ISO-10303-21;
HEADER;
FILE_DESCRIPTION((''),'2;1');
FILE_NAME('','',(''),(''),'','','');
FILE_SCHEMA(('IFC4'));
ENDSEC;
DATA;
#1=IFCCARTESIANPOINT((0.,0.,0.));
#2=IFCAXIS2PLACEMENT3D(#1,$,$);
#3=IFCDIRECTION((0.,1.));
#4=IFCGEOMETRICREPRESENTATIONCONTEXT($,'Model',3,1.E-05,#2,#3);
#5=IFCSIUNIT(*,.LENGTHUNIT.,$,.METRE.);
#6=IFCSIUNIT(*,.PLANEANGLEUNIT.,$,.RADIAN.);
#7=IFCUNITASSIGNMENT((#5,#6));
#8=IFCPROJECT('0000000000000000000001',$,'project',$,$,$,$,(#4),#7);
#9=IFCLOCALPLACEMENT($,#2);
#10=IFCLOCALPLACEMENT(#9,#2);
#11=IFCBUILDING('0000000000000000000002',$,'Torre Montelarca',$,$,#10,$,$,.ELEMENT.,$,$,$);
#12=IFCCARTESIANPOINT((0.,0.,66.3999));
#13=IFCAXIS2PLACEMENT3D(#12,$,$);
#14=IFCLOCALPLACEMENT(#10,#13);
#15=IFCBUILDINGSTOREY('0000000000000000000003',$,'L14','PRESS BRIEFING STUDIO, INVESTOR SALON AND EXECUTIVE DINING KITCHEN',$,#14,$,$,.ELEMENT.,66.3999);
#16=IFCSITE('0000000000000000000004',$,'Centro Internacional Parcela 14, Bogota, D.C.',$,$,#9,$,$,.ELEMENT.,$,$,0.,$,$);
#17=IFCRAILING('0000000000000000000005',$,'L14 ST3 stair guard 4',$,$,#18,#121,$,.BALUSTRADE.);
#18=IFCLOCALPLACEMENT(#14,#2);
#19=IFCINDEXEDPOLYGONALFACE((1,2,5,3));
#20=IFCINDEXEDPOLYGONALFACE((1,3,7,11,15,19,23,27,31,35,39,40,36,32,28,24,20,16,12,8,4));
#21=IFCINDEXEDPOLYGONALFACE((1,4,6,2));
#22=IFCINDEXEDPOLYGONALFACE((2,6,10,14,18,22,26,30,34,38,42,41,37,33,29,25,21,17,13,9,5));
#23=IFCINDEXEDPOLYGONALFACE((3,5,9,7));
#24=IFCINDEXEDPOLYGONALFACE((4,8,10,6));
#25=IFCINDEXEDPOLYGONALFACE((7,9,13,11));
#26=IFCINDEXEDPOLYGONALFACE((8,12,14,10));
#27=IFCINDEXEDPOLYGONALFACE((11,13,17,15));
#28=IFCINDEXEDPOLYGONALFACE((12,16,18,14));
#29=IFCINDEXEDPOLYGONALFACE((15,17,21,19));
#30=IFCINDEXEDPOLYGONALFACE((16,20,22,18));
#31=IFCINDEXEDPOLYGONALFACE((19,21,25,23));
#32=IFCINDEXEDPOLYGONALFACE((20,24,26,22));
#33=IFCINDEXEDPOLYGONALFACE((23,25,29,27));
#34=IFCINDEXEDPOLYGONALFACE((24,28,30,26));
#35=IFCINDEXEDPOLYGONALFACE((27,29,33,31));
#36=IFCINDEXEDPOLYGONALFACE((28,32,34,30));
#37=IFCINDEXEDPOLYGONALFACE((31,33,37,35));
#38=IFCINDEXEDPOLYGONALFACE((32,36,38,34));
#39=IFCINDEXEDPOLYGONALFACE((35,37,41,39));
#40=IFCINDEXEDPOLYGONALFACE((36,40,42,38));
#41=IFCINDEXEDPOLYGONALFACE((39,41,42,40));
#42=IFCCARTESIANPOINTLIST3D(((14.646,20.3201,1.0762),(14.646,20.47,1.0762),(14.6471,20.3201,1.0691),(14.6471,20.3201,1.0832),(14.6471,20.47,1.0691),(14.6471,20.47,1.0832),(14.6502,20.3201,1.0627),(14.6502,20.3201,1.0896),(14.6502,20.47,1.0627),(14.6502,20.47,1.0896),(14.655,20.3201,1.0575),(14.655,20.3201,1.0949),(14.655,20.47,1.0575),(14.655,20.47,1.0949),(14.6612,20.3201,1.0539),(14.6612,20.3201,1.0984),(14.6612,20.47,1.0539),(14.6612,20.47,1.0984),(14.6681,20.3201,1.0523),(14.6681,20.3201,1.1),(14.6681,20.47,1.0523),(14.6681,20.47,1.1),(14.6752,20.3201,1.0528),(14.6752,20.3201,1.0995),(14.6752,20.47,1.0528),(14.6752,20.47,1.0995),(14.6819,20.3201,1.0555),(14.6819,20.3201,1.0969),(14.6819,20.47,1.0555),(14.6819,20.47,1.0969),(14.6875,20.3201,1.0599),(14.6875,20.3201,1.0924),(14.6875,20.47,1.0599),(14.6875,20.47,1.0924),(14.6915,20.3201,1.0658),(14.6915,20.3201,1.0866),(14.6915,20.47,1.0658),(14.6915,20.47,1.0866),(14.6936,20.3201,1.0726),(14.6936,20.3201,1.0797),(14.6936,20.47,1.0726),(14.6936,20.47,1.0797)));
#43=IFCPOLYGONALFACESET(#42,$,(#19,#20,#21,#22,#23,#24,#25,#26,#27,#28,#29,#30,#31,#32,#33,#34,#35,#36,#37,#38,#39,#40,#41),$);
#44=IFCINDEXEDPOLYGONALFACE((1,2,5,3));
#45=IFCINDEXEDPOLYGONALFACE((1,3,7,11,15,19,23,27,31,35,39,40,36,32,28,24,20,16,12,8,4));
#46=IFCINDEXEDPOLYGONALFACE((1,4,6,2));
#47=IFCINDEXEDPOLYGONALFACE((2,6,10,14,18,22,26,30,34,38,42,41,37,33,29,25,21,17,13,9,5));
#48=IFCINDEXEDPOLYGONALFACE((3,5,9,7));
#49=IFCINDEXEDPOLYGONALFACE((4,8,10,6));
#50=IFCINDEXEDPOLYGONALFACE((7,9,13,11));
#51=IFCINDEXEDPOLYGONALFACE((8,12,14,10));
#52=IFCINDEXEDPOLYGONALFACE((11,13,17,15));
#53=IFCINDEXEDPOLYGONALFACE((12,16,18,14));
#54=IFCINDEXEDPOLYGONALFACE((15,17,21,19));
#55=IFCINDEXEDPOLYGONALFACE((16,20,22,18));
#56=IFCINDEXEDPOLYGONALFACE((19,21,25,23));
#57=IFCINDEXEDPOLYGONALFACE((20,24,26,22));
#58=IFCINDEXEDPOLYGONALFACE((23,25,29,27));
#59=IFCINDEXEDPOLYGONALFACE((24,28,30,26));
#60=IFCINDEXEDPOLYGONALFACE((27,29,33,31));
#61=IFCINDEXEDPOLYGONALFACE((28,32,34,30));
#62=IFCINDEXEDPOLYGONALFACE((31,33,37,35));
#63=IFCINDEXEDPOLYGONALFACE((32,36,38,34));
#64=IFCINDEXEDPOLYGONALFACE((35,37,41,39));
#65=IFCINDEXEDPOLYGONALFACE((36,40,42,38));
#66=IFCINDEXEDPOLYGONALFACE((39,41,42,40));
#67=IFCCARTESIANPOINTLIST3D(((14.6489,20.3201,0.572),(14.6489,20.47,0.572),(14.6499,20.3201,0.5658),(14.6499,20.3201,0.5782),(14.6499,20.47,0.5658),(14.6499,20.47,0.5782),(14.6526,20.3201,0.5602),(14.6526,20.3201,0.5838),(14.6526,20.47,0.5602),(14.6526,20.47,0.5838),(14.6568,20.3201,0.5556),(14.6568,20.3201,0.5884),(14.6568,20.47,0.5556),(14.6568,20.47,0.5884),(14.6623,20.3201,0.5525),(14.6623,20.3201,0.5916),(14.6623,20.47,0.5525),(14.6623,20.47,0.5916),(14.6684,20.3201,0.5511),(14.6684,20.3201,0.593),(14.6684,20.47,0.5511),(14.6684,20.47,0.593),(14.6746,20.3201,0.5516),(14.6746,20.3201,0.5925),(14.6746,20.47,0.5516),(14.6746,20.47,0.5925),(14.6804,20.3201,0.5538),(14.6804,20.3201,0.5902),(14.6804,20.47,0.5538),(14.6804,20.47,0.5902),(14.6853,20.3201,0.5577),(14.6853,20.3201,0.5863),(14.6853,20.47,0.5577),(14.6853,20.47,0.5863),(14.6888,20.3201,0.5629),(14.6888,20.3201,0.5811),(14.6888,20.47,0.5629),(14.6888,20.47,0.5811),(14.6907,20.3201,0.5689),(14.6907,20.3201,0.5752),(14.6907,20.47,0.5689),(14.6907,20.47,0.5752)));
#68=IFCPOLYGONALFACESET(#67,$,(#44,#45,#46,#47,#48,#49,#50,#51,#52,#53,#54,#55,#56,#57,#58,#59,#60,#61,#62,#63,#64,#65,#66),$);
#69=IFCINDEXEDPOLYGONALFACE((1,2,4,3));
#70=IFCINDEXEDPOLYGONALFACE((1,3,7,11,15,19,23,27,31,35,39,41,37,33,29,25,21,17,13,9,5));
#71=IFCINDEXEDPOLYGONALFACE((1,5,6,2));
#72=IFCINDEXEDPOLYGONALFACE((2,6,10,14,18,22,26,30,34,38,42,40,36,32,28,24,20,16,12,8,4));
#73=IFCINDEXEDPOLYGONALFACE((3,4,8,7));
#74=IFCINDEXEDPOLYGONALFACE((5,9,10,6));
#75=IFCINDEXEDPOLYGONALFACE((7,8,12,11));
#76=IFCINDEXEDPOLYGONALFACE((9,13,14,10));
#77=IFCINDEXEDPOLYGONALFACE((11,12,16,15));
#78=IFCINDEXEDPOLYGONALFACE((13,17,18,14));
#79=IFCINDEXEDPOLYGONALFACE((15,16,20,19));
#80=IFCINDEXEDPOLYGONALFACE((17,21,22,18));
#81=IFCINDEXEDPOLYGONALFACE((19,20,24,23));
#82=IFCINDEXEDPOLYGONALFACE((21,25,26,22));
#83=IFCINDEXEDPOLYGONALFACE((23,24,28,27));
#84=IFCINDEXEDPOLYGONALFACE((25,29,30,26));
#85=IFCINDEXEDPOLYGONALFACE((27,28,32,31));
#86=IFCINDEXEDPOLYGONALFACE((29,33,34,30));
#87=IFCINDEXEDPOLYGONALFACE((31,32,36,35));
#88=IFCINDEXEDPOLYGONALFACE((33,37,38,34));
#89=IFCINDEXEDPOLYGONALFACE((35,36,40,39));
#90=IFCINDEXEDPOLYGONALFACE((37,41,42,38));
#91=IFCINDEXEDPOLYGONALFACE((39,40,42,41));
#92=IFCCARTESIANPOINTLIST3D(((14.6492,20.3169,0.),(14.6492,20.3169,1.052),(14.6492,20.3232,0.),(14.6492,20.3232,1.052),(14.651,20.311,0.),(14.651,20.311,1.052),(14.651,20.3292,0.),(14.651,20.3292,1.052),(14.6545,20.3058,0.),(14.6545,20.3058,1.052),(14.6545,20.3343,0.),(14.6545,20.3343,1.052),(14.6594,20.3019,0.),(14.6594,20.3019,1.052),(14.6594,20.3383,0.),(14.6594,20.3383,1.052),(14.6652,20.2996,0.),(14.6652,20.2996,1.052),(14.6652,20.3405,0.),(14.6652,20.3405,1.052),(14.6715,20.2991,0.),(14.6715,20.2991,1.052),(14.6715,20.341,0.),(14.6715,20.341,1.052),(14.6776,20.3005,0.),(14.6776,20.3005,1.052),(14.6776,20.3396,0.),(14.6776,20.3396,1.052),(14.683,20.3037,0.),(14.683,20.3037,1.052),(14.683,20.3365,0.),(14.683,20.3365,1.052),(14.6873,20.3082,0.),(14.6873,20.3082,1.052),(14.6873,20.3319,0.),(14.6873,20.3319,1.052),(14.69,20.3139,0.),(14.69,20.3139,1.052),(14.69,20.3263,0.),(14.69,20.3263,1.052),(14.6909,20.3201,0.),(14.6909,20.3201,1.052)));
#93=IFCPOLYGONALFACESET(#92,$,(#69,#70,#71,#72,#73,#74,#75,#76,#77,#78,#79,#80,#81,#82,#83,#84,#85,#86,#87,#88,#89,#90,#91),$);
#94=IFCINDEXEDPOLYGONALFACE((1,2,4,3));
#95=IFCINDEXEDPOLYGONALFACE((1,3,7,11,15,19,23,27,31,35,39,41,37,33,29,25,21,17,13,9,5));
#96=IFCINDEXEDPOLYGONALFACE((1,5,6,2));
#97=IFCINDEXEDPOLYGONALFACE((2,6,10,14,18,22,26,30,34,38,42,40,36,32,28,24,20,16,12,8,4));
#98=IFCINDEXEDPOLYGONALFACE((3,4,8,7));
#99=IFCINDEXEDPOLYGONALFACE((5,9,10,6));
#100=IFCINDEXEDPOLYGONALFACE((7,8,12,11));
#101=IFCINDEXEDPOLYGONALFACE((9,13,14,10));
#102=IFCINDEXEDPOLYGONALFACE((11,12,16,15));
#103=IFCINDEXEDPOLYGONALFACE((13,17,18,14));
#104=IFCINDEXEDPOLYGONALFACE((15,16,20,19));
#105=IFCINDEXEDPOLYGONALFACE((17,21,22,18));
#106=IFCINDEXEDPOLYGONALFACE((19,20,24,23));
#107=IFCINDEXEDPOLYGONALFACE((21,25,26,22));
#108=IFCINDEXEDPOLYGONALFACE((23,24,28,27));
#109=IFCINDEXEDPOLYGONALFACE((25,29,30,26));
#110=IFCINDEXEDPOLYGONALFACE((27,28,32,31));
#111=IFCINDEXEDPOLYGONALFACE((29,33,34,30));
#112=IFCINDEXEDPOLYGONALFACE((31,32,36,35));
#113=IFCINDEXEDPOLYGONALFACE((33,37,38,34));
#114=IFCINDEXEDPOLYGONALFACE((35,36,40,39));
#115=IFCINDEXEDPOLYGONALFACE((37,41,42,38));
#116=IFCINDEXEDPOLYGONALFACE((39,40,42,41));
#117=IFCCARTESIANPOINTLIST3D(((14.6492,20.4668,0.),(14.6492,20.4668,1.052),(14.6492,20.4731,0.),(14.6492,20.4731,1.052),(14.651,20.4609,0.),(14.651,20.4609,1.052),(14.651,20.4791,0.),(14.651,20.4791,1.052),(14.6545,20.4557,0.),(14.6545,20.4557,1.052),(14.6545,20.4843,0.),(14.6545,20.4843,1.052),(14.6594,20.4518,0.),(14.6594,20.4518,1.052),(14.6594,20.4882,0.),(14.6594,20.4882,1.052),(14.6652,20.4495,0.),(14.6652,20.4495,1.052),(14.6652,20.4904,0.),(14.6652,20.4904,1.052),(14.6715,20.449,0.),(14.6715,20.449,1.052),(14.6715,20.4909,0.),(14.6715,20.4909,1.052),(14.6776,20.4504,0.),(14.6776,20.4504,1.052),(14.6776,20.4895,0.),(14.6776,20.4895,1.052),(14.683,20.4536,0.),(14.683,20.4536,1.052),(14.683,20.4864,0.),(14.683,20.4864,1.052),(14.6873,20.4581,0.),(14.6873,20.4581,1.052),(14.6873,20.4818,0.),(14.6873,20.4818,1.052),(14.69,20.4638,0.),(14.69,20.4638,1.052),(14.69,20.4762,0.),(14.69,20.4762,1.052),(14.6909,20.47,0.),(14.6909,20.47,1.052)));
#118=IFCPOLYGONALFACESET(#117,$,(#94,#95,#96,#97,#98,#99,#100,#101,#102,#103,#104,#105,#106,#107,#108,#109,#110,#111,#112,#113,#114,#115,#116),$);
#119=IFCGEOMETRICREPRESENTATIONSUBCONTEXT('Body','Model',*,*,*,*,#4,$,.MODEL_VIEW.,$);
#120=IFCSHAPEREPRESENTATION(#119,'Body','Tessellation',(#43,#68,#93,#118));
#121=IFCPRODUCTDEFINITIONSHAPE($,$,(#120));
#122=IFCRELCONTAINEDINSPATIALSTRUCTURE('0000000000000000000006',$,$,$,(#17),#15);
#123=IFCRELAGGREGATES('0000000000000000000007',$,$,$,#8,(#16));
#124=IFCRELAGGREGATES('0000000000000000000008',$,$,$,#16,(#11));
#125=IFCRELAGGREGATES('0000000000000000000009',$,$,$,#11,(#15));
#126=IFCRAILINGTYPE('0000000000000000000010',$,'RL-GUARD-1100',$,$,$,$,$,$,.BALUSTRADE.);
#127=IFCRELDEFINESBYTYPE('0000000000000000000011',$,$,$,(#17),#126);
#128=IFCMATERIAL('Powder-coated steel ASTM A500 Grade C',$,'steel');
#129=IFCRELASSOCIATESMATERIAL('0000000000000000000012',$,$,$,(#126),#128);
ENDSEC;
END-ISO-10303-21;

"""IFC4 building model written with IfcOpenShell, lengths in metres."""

from ifc_helpers import new_model, si_unit, direction, frame, origin, origin_2d, place, context, subcontext, project, spatial, circle, extrude, material, type_object, element, save


model = new_model("IFC4")

# Units and contexts
model_context = context("Model", 3, precision=1e-05, world=origin(), true_north=direction((0.0, 1.0)))
body_context = subcontext(model_context, "Body", "Model", "MODEL_VIEW")
ifc_project = project(units=[si_unit("LENGTHUNIT", "METRE"), si_unit("PLANEANGLEUNIT", "RADIAN")], contexts=[model_context])

# Site, building, storey
site_placement = place(None, origin())
site = spatial("IfcSite", under=ifc_project, at=site_placement, Name="Centro Internacional Parcela 14, Bogota, D.C.", CompositionType="ELEMENT", RefElevation=0.0)
building_placement = place(site_placement, origin())
building = spatial("IfcBuilding", under=site, at=building_placement, Name="Torre Montelarca", CompositionType="ELEMENT")
storey_placement = place(building_placement, frame((0.0, 0.0, 66.3999)))
storey = spatial("IfcBuildingStorey", under=building, at=storey_placement, Name="L14", Description="PRESS BRIEFING STUDIO, INVESTOR SALON AND EXECUTIVE DINING KITCHEN", CompositionType="ELEMENT", Elevation=66.3999)

# Railing
ifc_material_1 = material(Name="Powder-coated steel ASTM A500 Grade C", Category="steel")
railing_type_1 = type_object("IfcRailingType", Name="RL-GUARD-1100", PredefinedType="BALUSTRADE", material=ifc_material_1)
railing_1_placement = place(storey_placement, frame((14.6699, 20.3201, 0.0)))
element("IfcRailing", 1, at=railing_1_placement, inside=storey, type_object=railing_type_1, Name="L14 ST3 stair guard 4", PredefinedType="BALUSTRADE", context=body_context, shape_type="SweptSolid", body=[
    extrude(circle(Radius=0.0239, at=origin_2d()), frame((0.0, 0.0, 1.0762), z_axis=(0.0, 1.0, 0.0), x_axis=(-1.0, 0.0, 0.0)), (0.0, 0.0, 1.0), 0.1499),
    extrude(circle(Radius=0.021, at=origin_2d()), frame((0.0, 0.0, 0.572), z_axis=(0.0, 1.0, 0.0), x_axis=(-1.0, 0.0, 0.0)), (0.0, 0.0, 1.0), 0.1499),
    extrude(circle(Radius=0.021, at=origin_2d()), origin(), (0.0, 0.0, 1.0), 1.052),
    extrude(circle(Radius=0.021, at=origin_2d()), frame((0.0, 0.1499, 0.0)), (0.0, 0.0, 1.0), 1.052),
])

save(model, "model.ifc")
